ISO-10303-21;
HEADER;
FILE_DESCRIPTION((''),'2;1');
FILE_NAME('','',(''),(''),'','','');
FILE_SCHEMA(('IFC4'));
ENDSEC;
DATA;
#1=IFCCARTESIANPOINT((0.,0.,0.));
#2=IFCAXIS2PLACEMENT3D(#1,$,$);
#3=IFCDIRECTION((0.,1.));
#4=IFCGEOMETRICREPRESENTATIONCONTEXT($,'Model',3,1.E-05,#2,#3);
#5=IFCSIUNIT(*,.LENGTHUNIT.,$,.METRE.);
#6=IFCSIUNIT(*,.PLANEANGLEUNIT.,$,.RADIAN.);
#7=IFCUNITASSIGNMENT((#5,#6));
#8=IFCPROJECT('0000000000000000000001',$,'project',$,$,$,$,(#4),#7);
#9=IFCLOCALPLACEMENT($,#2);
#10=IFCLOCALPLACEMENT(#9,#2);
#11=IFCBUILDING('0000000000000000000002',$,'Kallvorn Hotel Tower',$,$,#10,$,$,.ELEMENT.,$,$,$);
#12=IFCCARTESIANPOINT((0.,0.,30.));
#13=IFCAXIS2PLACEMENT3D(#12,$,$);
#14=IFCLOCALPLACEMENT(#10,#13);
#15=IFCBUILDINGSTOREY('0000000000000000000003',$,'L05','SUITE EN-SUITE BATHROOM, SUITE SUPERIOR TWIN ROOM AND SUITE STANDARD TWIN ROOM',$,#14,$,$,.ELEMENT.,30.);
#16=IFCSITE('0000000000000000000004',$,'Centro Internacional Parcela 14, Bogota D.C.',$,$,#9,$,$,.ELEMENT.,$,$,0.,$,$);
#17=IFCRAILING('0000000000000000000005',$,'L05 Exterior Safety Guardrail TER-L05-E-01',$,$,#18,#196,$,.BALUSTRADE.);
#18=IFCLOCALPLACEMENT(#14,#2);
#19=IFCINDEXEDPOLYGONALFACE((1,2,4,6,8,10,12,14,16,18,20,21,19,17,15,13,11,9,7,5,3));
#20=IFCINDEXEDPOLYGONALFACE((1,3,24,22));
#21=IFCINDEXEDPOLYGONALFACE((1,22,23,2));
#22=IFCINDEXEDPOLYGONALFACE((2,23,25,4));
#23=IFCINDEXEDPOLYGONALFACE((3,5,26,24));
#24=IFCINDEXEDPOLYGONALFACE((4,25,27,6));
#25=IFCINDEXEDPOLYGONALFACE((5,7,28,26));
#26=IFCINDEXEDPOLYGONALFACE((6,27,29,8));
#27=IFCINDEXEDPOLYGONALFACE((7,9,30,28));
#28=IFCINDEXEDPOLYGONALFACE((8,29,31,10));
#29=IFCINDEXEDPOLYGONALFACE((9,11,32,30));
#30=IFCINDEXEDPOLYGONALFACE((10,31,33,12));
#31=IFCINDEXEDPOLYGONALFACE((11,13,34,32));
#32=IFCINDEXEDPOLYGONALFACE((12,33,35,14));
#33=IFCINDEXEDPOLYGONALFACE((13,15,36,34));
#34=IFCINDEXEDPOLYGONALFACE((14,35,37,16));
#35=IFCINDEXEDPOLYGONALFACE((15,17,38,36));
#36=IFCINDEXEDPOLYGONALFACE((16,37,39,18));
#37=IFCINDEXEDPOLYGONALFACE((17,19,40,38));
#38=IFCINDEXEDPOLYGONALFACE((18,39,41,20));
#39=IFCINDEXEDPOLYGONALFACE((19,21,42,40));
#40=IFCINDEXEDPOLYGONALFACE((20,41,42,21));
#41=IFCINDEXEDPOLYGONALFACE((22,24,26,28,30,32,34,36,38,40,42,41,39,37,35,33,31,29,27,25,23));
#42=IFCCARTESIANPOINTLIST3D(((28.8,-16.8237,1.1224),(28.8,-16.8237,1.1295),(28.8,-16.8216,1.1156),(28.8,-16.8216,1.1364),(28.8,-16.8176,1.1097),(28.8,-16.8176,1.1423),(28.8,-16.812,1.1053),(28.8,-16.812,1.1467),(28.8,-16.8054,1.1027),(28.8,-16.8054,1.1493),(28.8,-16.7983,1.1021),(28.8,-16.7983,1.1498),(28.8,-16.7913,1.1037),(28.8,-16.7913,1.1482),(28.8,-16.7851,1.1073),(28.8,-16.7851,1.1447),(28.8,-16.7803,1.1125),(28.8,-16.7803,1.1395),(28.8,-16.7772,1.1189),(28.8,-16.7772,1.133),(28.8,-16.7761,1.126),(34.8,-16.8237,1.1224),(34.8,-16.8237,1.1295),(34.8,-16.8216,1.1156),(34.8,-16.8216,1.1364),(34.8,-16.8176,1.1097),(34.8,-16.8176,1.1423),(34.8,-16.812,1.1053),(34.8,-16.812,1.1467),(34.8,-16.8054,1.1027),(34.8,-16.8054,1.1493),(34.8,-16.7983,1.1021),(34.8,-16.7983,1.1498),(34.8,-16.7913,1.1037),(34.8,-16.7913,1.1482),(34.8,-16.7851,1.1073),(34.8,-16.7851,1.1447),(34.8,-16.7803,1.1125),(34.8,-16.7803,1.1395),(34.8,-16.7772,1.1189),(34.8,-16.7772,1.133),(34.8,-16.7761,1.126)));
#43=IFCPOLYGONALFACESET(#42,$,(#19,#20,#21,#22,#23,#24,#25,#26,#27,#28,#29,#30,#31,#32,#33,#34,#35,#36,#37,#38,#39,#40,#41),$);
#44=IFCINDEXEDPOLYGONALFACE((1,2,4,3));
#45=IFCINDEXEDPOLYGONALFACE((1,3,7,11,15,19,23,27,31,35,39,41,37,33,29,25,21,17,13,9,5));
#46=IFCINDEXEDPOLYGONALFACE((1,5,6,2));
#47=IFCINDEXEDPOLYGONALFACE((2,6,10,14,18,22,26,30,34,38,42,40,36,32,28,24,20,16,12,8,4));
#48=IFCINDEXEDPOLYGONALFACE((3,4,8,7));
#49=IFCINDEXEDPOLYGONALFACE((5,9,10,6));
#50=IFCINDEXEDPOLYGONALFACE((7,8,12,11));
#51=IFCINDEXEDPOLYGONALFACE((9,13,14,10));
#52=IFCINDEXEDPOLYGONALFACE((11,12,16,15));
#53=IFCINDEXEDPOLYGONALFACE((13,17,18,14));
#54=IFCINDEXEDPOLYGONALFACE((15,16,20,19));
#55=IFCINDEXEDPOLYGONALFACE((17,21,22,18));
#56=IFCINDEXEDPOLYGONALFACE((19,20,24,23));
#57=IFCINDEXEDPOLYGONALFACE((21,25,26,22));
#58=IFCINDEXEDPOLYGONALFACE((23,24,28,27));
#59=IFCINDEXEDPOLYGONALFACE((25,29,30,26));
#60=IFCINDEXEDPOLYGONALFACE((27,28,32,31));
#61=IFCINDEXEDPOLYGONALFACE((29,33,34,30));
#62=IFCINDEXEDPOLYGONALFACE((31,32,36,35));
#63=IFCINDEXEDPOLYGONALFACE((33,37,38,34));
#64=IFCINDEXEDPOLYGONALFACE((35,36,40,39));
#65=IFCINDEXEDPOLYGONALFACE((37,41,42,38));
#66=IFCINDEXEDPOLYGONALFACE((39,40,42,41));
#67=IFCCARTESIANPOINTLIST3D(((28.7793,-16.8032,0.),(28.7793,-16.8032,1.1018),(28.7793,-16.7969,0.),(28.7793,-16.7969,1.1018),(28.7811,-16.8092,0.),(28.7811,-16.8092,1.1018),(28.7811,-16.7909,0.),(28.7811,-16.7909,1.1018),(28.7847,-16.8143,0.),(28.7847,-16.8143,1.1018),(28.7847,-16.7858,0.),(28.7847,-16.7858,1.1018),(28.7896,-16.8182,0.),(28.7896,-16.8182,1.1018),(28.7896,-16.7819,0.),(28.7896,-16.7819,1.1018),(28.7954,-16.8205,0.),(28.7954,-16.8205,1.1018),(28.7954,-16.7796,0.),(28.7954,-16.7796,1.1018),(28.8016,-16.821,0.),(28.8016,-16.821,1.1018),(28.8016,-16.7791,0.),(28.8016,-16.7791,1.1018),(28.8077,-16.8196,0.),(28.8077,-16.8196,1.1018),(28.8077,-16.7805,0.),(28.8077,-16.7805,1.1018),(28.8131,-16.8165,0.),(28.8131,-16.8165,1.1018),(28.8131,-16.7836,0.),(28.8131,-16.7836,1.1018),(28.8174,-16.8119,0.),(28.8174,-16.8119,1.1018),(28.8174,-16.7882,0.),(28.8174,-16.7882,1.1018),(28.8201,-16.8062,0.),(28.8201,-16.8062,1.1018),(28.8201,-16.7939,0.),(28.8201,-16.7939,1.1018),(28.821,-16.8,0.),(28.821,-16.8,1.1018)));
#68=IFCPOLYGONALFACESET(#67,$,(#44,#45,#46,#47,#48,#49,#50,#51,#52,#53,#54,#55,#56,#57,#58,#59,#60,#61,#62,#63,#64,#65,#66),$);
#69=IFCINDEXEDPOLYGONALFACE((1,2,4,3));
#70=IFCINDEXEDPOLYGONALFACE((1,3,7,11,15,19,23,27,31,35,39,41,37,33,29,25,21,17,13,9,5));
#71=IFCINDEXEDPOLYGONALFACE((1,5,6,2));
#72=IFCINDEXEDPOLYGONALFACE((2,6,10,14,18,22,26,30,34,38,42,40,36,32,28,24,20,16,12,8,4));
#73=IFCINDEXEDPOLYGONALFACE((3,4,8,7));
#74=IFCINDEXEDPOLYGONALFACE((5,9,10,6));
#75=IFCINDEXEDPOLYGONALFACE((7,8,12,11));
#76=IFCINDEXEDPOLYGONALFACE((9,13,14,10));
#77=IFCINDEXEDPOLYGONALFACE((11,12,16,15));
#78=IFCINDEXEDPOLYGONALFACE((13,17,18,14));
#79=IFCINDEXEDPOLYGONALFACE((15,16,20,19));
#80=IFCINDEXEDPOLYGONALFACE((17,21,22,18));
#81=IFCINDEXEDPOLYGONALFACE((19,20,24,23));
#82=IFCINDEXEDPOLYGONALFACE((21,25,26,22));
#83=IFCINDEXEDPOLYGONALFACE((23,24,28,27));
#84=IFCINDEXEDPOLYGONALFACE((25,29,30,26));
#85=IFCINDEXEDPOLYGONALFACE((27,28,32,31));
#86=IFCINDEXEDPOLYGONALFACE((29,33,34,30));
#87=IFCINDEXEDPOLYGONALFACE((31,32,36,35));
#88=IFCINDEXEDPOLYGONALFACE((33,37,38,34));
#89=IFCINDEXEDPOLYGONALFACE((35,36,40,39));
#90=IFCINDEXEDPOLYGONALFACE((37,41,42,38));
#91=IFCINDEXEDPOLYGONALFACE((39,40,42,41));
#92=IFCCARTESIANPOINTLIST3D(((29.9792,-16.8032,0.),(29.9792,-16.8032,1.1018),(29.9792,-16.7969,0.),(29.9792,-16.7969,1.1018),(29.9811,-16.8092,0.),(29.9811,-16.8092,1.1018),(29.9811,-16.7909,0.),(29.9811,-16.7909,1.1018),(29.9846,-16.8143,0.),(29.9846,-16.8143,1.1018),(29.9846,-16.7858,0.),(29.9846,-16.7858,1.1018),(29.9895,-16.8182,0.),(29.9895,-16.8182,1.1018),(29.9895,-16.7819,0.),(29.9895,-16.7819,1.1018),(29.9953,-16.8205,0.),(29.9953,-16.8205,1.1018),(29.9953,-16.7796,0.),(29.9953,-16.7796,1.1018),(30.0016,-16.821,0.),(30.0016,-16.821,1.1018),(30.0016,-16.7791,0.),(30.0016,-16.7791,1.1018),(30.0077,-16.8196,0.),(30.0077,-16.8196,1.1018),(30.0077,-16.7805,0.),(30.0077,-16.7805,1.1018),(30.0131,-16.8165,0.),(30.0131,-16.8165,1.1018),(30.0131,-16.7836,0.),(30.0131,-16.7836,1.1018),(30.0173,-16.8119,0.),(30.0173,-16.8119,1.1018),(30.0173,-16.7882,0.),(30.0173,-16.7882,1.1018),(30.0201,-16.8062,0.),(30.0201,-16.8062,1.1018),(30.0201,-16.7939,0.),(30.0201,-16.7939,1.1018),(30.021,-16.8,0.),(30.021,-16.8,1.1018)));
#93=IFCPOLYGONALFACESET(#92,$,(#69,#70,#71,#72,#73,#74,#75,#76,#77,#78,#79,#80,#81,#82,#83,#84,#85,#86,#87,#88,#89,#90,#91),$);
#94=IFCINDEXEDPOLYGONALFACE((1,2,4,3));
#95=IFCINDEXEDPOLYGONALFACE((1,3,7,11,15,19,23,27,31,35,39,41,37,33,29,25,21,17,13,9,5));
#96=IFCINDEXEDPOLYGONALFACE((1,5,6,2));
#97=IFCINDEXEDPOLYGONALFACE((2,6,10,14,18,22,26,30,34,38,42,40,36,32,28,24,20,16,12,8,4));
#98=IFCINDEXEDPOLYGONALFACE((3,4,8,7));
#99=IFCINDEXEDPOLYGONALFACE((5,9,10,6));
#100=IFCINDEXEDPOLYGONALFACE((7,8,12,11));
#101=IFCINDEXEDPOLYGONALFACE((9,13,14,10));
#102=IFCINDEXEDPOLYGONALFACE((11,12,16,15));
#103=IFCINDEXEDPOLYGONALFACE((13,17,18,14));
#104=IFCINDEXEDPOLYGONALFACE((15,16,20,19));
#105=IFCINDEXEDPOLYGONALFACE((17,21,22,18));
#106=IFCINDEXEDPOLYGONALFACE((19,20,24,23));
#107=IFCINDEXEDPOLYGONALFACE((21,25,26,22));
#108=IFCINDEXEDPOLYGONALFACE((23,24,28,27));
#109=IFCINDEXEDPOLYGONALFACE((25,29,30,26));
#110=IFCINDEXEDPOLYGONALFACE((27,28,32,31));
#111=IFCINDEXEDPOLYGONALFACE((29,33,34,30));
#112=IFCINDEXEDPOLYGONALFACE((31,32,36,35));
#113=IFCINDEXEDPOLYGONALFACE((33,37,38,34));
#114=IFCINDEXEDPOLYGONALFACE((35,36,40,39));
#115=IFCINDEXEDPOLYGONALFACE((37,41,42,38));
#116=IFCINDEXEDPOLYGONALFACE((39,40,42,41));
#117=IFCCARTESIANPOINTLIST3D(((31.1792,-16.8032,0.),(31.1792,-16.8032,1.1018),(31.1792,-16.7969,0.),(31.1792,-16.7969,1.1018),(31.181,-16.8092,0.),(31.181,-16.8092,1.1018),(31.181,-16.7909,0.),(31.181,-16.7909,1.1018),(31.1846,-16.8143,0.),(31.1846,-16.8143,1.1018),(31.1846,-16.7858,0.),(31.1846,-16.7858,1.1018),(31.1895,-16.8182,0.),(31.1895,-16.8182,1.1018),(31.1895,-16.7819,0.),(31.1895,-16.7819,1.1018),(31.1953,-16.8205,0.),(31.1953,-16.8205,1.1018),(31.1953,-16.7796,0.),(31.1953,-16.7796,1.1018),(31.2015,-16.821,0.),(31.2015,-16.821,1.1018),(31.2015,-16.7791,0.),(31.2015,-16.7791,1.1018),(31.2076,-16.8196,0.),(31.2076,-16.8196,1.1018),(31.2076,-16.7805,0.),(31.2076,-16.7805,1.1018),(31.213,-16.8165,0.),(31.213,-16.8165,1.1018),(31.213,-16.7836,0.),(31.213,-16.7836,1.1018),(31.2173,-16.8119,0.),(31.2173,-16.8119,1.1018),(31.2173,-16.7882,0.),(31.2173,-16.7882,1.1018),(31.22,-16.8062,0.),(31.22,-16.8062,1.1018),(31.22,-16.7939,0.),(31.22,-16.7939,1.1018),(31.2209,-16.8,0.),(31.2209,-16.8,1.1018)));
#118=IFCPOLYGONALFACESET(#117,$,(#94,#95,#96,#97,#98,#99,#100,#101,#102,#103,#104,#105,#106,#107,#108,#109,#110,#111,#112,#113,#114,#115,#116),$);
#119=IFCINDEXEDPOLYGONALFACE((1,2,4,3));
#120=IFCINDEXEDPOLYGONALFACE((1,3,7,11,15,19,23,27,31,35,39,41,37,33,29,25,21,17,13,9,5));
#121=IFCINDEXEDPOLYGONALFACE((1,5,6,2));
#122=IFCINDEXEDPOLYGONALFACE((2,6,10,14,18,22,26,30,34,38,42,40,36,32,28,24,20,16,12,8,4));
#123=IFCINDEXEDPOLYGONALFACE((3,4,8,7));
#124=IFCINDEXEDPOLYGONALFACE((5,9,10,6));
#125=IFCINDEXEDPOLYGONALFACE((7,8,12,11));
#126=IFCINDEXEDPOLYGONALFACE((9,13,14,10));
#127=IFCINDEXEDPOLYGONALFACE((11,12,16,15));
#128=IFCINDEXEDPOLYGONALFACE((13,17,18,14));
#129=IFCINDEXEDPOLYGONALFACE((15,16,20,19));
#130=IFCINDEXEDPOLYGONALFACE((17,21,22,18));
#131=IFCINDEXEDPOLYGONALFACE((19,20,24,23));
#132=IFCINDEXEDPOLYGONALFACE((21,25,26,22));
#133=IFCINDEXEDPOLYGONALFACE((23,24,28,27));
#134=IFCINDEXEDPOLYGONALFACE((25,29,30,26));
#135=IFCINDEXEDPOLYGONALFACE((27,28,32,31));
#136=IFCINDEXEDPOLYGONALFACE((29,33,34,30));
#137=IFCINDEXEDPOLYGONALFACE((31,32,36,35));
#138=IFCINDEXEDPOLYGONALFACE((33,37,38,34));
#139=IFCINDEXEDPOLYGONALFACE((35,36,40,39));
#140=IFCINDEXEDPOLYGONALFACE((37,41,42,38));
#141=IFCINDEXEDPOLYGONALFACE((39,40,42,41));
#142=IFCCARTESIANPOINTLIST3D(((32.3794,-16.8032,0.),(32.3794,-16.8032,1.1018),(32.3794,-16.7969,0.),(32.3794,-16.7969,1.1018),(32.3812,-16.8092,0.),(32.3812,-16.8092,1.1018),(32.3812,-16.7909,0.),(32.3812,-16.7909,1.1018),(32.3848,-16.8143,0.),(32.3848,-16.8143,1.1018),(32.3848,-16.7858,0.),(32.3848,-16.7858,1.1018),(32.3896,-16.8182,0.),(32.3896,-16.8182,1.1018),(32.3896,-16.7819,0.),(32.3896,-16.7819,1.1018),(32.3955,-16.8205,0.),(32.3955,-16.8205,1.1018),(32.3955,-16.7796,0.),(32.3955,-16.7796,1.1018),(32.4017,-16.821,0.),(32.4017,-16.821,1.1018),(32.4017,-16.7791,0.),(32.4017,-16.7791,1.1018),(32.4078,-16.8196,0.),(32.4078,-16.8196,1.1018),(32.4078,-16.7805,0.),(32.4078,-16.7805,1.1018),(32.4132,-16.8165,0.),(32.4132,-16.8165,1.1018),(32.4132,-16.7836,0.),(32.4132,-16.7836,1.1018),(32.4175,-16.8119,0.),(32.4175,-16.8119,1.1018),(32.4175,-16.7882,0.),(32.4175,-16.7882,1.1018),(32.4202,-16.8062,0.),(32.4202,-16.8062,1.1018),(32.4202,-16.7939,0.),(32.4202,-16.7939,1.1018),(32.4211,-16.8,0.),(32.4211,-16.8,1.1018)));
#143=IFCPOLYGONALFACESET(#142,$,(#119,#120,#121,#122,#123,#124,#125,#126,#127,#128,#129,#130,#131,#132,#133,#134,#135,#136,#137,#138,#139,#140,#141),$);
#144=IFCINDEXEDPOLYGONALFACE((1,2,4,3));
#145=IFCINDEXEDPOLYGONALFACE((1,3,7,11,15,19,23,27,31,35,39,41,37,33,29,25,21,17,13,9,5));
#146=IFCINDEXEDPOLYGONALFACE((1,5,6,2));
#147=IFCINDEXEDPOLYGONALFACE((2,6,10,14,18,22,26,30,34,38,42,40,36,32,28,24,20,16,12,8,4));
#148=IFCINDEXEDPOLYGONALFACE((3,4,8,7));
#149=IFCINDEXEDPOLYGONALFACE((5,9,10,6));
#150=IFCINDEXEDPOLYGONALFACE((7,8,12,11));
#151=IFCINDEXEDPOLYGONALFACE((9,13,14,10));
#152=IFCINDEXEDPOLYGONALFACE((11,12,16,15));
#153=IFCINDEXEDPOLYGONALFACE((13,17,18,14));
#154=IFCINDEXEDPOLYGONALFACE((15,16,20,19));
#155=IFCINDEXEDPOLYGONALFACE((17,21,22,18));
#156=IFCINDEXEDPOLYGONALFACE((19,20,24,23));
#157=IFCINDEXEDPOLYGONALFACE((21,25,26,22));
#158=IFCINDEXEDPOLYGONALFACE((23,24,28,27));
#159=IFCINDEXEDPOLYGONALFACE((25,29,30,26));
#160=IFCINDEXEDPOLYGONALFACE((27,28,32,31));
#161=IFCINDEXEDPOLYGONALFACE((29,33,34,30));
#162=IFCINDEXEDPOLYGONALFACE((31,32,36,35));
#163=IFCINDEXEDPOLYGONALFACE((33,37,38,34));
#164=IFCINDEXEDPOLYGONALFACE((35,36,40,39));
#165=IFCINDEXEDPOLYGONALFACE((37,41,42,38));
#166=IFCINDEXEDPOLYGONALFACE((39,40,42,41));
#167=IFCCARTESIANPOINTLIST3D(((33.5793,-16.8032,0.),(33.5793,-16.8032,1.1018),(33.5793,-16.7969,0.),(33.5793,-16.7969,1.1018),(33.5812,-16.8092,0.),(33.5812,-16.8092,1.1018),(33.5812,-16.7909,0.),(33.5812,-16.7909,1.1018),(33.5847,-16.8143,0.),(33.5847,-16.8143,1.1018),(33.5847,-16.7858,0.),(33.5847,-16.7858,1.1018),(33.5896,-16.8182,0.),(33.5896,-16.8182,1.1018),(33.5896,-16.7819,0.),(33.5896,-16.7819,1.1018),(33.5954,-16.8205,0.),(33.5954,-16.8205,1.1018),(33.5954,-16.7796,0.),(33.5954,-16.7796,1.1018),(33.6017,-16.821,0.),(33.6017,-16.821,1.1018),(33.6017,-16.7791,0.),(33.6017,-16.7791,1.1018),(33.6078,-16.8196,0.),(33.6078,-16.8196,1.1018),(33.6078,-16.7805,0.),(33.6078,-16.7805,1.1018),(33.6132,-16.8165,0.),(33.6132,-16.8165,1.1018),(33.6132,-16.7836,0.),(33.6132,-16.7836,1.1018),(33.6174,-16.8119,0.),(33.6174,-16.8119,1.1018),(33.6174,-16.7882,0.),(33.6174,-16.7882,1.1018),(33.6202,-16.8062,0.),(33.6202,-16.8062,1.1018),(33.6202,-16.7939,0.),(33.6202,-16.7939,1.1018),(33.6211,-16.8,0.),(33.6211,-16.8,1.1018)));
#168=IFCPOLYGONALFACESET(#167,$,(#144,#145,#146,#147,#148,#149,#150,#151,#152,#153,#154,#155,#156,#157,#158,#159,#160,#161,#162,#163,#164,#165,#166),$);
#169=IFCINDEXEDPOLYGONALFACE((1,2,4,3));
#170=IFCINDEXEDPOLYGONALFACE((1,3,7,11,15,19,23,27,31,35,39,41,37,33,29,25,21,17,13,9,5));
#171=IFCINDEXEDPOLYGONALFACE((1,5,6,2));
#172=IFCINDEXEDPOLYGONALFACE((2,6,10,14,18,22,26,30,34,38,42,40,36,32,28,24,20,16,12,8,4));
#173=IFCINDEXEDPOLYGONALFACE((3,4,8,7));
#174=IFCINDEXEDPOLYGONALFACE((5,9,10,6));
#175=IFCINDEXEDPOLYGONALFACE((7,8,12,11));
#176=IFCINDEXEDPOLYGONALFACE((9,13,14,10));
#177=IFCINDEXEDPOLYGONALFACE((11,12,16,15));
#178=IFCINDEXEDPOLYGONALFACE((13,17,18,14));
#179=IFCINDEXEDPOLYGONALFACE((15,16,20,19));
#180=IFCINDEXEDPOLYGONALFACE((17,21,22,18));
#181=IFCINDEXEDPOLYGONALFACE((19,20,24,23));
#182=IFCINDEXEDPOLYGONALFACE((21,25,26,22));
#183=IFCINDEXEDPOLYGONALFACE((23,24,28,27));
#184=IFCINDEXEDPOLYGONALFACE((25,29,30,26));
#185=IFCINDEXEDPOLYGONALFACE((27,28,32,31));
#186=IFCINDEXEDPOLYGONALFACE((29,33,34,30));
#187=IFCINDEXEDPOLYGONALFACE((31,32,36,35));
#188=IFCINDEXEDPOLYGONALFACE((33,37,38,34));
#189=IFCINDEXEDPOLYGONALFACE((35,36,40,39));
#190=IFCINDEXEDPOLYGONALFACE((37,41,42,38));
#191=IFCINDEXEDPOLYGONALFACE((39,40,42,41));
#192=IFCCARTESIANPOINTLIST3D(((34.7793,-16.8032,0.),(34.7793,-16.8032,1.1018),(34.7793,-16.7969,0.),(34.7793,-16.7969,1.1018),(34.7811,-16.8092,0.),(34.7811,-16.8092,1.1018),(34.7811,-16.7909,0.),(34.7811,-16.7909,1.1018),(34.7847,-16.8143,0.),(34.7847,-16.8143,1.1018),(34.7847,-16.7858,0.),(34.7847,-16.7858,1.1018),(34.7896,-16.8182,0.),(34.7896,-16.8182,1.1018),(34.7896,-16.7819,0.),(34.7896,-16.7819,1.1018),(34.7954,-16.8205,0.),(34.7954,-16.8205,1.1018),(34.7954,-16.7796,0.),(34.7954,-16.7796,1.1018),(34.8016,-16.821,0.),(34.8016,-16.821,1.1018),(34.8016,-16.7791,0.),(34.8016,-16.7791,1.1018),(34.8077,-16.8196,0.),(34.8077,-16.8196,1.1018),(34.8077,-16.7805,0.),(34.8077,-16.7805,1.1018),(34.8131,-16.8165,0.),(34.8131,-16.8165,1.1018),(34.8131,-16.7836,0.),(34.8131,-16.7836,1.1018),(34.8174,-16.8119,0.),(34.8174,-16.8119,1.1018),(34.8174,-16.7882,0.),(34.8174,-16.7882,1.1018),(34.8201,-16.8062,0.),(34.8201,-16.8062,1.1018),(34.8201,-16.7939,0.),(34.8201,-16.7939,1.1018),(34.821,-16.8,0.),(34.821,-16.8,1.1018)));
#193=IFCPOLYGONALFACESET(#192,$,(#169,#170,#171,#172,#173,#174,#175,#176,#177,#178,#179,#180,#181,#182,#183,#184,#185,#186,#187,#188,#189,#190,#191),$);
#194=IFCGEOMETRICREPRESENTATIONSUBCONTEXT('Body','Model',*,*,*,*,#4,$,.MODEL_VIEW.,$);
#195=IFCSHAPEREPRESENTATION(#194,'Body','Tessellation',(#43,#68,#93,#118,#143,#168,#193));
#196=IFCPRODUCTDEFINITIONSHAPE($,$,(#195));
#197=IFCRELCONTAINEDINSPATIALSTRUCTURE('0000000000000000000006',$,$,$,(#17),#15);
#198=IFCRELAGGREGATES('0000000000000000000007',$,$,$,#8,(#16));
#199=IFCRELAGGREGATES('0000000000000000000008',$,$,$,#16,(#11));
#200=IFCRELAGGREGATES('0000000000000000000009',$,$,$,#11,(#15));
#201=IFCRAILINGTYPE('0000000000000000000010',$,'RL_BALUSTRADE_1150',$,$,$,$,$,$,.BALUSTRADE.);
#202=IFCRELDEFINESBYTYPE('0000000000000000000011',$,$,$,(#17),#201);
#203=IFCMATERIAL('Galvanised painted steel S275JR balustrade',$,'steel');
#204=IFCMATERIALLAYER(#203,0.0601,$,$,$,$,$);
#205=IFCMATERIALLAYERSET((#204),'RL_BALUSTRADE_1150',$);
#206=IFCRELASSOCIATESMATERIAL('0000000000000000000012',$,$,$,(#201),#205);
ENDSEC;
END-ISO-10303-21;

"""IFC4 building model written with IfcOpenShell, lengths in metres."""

from ifc_helpers import new_model, si_unit, direction, frame, origin, origin_2d, place, context, subcontext, project, spatial, circle, extrude, material, layer, layer_set, type_object, element, save


model = new_model("IFC4")

# Units and contexts
model_context = context("Model", 3, precision=1e-05, world=origin(), true_north=direction((0.0, 1.0)))
body_context = subcontext(model_context, "Body", "Model", "MODEL_VIEW")
ifc_project = project(units=[si_unit("LENGTHUNIT", "METRE"), si_unit("PLANEANGLEUNIT", "RADIAN")], contexts=[model_context])

# Site, building, storey
site_placement = place(None, origin())
site = spatial("IfcSite", under=ifc_project, at=site_placement, Name="Centro Internacional Parcela 14, Bogota D.C.", CompositionType="ELEMENT", RefElevation=0.0)
building_placement = place(site_placement, origin())
building = spatial("IfcBuilding", under=site, at=building_placement, Name="Kallvorn Hotel Tower", CompositionType="ELEMENT")
storey_placement = place(building_placement, frame((0.0, 0.0, 30.0)))
storey = spatial("IfcBuildingStorey", under=building, at=storey_placement, Name="L05", Description="SUITE EN-SUITE BATHROOM, SUITE SUPERIOR TWIN ROOM AND SUITE STANDARD TWIN ROOM", CompositionType="ELEMENT", Elevation=30.0)

# Railing
ifc_material_1 = material(Name="Galvanised painted steel S275JR balustrade", Category="steel")
ifc_layer_1 = layer(ifc_material_1, 0.0601)
ifc_layer_set_1 = layer_set([ifc_layer_1], Name="RL_BALUSTRADE_1150")
railing_type = type_object("IfcRailingType", Name="RL_BALUSTRADE_1150", PredefinedType="BALUSTRADE", material=ifc_layer_set_1)
railing_1_placement = place(storey_placement, frame((28.8, -16.8, 0.0)))
element("IfcRailing", 1, at=railing_1_placement, inside=storey, type_object=railing_type, Name="L05 Exterior Safety Guardrail TER-L05-E-01", PredefinedType="BALUSTRADE", context=body_context, shape_type="SweptSolid", body=[
    extrude(circle(Radius=0.0239, at=origin_2d()), frame((0.0, 0.0, 1.126), z_axis=(1.0, 0.0, 0.0), x_axis=(0.0, 1.0, 0.0)), (0.0, 0.0, 1.0), 6.0),
    extrude(circle(Radius=0.021, at=origin_2d()), origin(), (0.0, 0.0, 1.0), 1.1018),
    extrude(circle(Radius=0.021, at=origin_2d()), frame((1.2, 0.0, 0.0)), (0.0, 0.0, 1.0), 1.1018),
    extrude(circle(Radius=0.021, at=origin_2d()), frame((2.3999, 0.0, 0.0)), (0.0, 0.0, 1.0), 1.1018),
    extrude(circle(Radius=0.021, at=origin_2d()), frame((3.6001, 0.0, 0.0)), (0.0, 0.0, 1.0), 1.1018),
    extrude(circle(Radius=0.021, at=origin_2d()), frame((4.8, 0.0, 0.0)), (0.0, 0.0, 1.0), 1.1018),
    extrude(circle(Radius=0.021, at=origin_2d()), frame((6.0, 0.0, 0.0)), (0.0, 0.0, 1.0), 1.1018),
])

save(model, "model.ifc")
